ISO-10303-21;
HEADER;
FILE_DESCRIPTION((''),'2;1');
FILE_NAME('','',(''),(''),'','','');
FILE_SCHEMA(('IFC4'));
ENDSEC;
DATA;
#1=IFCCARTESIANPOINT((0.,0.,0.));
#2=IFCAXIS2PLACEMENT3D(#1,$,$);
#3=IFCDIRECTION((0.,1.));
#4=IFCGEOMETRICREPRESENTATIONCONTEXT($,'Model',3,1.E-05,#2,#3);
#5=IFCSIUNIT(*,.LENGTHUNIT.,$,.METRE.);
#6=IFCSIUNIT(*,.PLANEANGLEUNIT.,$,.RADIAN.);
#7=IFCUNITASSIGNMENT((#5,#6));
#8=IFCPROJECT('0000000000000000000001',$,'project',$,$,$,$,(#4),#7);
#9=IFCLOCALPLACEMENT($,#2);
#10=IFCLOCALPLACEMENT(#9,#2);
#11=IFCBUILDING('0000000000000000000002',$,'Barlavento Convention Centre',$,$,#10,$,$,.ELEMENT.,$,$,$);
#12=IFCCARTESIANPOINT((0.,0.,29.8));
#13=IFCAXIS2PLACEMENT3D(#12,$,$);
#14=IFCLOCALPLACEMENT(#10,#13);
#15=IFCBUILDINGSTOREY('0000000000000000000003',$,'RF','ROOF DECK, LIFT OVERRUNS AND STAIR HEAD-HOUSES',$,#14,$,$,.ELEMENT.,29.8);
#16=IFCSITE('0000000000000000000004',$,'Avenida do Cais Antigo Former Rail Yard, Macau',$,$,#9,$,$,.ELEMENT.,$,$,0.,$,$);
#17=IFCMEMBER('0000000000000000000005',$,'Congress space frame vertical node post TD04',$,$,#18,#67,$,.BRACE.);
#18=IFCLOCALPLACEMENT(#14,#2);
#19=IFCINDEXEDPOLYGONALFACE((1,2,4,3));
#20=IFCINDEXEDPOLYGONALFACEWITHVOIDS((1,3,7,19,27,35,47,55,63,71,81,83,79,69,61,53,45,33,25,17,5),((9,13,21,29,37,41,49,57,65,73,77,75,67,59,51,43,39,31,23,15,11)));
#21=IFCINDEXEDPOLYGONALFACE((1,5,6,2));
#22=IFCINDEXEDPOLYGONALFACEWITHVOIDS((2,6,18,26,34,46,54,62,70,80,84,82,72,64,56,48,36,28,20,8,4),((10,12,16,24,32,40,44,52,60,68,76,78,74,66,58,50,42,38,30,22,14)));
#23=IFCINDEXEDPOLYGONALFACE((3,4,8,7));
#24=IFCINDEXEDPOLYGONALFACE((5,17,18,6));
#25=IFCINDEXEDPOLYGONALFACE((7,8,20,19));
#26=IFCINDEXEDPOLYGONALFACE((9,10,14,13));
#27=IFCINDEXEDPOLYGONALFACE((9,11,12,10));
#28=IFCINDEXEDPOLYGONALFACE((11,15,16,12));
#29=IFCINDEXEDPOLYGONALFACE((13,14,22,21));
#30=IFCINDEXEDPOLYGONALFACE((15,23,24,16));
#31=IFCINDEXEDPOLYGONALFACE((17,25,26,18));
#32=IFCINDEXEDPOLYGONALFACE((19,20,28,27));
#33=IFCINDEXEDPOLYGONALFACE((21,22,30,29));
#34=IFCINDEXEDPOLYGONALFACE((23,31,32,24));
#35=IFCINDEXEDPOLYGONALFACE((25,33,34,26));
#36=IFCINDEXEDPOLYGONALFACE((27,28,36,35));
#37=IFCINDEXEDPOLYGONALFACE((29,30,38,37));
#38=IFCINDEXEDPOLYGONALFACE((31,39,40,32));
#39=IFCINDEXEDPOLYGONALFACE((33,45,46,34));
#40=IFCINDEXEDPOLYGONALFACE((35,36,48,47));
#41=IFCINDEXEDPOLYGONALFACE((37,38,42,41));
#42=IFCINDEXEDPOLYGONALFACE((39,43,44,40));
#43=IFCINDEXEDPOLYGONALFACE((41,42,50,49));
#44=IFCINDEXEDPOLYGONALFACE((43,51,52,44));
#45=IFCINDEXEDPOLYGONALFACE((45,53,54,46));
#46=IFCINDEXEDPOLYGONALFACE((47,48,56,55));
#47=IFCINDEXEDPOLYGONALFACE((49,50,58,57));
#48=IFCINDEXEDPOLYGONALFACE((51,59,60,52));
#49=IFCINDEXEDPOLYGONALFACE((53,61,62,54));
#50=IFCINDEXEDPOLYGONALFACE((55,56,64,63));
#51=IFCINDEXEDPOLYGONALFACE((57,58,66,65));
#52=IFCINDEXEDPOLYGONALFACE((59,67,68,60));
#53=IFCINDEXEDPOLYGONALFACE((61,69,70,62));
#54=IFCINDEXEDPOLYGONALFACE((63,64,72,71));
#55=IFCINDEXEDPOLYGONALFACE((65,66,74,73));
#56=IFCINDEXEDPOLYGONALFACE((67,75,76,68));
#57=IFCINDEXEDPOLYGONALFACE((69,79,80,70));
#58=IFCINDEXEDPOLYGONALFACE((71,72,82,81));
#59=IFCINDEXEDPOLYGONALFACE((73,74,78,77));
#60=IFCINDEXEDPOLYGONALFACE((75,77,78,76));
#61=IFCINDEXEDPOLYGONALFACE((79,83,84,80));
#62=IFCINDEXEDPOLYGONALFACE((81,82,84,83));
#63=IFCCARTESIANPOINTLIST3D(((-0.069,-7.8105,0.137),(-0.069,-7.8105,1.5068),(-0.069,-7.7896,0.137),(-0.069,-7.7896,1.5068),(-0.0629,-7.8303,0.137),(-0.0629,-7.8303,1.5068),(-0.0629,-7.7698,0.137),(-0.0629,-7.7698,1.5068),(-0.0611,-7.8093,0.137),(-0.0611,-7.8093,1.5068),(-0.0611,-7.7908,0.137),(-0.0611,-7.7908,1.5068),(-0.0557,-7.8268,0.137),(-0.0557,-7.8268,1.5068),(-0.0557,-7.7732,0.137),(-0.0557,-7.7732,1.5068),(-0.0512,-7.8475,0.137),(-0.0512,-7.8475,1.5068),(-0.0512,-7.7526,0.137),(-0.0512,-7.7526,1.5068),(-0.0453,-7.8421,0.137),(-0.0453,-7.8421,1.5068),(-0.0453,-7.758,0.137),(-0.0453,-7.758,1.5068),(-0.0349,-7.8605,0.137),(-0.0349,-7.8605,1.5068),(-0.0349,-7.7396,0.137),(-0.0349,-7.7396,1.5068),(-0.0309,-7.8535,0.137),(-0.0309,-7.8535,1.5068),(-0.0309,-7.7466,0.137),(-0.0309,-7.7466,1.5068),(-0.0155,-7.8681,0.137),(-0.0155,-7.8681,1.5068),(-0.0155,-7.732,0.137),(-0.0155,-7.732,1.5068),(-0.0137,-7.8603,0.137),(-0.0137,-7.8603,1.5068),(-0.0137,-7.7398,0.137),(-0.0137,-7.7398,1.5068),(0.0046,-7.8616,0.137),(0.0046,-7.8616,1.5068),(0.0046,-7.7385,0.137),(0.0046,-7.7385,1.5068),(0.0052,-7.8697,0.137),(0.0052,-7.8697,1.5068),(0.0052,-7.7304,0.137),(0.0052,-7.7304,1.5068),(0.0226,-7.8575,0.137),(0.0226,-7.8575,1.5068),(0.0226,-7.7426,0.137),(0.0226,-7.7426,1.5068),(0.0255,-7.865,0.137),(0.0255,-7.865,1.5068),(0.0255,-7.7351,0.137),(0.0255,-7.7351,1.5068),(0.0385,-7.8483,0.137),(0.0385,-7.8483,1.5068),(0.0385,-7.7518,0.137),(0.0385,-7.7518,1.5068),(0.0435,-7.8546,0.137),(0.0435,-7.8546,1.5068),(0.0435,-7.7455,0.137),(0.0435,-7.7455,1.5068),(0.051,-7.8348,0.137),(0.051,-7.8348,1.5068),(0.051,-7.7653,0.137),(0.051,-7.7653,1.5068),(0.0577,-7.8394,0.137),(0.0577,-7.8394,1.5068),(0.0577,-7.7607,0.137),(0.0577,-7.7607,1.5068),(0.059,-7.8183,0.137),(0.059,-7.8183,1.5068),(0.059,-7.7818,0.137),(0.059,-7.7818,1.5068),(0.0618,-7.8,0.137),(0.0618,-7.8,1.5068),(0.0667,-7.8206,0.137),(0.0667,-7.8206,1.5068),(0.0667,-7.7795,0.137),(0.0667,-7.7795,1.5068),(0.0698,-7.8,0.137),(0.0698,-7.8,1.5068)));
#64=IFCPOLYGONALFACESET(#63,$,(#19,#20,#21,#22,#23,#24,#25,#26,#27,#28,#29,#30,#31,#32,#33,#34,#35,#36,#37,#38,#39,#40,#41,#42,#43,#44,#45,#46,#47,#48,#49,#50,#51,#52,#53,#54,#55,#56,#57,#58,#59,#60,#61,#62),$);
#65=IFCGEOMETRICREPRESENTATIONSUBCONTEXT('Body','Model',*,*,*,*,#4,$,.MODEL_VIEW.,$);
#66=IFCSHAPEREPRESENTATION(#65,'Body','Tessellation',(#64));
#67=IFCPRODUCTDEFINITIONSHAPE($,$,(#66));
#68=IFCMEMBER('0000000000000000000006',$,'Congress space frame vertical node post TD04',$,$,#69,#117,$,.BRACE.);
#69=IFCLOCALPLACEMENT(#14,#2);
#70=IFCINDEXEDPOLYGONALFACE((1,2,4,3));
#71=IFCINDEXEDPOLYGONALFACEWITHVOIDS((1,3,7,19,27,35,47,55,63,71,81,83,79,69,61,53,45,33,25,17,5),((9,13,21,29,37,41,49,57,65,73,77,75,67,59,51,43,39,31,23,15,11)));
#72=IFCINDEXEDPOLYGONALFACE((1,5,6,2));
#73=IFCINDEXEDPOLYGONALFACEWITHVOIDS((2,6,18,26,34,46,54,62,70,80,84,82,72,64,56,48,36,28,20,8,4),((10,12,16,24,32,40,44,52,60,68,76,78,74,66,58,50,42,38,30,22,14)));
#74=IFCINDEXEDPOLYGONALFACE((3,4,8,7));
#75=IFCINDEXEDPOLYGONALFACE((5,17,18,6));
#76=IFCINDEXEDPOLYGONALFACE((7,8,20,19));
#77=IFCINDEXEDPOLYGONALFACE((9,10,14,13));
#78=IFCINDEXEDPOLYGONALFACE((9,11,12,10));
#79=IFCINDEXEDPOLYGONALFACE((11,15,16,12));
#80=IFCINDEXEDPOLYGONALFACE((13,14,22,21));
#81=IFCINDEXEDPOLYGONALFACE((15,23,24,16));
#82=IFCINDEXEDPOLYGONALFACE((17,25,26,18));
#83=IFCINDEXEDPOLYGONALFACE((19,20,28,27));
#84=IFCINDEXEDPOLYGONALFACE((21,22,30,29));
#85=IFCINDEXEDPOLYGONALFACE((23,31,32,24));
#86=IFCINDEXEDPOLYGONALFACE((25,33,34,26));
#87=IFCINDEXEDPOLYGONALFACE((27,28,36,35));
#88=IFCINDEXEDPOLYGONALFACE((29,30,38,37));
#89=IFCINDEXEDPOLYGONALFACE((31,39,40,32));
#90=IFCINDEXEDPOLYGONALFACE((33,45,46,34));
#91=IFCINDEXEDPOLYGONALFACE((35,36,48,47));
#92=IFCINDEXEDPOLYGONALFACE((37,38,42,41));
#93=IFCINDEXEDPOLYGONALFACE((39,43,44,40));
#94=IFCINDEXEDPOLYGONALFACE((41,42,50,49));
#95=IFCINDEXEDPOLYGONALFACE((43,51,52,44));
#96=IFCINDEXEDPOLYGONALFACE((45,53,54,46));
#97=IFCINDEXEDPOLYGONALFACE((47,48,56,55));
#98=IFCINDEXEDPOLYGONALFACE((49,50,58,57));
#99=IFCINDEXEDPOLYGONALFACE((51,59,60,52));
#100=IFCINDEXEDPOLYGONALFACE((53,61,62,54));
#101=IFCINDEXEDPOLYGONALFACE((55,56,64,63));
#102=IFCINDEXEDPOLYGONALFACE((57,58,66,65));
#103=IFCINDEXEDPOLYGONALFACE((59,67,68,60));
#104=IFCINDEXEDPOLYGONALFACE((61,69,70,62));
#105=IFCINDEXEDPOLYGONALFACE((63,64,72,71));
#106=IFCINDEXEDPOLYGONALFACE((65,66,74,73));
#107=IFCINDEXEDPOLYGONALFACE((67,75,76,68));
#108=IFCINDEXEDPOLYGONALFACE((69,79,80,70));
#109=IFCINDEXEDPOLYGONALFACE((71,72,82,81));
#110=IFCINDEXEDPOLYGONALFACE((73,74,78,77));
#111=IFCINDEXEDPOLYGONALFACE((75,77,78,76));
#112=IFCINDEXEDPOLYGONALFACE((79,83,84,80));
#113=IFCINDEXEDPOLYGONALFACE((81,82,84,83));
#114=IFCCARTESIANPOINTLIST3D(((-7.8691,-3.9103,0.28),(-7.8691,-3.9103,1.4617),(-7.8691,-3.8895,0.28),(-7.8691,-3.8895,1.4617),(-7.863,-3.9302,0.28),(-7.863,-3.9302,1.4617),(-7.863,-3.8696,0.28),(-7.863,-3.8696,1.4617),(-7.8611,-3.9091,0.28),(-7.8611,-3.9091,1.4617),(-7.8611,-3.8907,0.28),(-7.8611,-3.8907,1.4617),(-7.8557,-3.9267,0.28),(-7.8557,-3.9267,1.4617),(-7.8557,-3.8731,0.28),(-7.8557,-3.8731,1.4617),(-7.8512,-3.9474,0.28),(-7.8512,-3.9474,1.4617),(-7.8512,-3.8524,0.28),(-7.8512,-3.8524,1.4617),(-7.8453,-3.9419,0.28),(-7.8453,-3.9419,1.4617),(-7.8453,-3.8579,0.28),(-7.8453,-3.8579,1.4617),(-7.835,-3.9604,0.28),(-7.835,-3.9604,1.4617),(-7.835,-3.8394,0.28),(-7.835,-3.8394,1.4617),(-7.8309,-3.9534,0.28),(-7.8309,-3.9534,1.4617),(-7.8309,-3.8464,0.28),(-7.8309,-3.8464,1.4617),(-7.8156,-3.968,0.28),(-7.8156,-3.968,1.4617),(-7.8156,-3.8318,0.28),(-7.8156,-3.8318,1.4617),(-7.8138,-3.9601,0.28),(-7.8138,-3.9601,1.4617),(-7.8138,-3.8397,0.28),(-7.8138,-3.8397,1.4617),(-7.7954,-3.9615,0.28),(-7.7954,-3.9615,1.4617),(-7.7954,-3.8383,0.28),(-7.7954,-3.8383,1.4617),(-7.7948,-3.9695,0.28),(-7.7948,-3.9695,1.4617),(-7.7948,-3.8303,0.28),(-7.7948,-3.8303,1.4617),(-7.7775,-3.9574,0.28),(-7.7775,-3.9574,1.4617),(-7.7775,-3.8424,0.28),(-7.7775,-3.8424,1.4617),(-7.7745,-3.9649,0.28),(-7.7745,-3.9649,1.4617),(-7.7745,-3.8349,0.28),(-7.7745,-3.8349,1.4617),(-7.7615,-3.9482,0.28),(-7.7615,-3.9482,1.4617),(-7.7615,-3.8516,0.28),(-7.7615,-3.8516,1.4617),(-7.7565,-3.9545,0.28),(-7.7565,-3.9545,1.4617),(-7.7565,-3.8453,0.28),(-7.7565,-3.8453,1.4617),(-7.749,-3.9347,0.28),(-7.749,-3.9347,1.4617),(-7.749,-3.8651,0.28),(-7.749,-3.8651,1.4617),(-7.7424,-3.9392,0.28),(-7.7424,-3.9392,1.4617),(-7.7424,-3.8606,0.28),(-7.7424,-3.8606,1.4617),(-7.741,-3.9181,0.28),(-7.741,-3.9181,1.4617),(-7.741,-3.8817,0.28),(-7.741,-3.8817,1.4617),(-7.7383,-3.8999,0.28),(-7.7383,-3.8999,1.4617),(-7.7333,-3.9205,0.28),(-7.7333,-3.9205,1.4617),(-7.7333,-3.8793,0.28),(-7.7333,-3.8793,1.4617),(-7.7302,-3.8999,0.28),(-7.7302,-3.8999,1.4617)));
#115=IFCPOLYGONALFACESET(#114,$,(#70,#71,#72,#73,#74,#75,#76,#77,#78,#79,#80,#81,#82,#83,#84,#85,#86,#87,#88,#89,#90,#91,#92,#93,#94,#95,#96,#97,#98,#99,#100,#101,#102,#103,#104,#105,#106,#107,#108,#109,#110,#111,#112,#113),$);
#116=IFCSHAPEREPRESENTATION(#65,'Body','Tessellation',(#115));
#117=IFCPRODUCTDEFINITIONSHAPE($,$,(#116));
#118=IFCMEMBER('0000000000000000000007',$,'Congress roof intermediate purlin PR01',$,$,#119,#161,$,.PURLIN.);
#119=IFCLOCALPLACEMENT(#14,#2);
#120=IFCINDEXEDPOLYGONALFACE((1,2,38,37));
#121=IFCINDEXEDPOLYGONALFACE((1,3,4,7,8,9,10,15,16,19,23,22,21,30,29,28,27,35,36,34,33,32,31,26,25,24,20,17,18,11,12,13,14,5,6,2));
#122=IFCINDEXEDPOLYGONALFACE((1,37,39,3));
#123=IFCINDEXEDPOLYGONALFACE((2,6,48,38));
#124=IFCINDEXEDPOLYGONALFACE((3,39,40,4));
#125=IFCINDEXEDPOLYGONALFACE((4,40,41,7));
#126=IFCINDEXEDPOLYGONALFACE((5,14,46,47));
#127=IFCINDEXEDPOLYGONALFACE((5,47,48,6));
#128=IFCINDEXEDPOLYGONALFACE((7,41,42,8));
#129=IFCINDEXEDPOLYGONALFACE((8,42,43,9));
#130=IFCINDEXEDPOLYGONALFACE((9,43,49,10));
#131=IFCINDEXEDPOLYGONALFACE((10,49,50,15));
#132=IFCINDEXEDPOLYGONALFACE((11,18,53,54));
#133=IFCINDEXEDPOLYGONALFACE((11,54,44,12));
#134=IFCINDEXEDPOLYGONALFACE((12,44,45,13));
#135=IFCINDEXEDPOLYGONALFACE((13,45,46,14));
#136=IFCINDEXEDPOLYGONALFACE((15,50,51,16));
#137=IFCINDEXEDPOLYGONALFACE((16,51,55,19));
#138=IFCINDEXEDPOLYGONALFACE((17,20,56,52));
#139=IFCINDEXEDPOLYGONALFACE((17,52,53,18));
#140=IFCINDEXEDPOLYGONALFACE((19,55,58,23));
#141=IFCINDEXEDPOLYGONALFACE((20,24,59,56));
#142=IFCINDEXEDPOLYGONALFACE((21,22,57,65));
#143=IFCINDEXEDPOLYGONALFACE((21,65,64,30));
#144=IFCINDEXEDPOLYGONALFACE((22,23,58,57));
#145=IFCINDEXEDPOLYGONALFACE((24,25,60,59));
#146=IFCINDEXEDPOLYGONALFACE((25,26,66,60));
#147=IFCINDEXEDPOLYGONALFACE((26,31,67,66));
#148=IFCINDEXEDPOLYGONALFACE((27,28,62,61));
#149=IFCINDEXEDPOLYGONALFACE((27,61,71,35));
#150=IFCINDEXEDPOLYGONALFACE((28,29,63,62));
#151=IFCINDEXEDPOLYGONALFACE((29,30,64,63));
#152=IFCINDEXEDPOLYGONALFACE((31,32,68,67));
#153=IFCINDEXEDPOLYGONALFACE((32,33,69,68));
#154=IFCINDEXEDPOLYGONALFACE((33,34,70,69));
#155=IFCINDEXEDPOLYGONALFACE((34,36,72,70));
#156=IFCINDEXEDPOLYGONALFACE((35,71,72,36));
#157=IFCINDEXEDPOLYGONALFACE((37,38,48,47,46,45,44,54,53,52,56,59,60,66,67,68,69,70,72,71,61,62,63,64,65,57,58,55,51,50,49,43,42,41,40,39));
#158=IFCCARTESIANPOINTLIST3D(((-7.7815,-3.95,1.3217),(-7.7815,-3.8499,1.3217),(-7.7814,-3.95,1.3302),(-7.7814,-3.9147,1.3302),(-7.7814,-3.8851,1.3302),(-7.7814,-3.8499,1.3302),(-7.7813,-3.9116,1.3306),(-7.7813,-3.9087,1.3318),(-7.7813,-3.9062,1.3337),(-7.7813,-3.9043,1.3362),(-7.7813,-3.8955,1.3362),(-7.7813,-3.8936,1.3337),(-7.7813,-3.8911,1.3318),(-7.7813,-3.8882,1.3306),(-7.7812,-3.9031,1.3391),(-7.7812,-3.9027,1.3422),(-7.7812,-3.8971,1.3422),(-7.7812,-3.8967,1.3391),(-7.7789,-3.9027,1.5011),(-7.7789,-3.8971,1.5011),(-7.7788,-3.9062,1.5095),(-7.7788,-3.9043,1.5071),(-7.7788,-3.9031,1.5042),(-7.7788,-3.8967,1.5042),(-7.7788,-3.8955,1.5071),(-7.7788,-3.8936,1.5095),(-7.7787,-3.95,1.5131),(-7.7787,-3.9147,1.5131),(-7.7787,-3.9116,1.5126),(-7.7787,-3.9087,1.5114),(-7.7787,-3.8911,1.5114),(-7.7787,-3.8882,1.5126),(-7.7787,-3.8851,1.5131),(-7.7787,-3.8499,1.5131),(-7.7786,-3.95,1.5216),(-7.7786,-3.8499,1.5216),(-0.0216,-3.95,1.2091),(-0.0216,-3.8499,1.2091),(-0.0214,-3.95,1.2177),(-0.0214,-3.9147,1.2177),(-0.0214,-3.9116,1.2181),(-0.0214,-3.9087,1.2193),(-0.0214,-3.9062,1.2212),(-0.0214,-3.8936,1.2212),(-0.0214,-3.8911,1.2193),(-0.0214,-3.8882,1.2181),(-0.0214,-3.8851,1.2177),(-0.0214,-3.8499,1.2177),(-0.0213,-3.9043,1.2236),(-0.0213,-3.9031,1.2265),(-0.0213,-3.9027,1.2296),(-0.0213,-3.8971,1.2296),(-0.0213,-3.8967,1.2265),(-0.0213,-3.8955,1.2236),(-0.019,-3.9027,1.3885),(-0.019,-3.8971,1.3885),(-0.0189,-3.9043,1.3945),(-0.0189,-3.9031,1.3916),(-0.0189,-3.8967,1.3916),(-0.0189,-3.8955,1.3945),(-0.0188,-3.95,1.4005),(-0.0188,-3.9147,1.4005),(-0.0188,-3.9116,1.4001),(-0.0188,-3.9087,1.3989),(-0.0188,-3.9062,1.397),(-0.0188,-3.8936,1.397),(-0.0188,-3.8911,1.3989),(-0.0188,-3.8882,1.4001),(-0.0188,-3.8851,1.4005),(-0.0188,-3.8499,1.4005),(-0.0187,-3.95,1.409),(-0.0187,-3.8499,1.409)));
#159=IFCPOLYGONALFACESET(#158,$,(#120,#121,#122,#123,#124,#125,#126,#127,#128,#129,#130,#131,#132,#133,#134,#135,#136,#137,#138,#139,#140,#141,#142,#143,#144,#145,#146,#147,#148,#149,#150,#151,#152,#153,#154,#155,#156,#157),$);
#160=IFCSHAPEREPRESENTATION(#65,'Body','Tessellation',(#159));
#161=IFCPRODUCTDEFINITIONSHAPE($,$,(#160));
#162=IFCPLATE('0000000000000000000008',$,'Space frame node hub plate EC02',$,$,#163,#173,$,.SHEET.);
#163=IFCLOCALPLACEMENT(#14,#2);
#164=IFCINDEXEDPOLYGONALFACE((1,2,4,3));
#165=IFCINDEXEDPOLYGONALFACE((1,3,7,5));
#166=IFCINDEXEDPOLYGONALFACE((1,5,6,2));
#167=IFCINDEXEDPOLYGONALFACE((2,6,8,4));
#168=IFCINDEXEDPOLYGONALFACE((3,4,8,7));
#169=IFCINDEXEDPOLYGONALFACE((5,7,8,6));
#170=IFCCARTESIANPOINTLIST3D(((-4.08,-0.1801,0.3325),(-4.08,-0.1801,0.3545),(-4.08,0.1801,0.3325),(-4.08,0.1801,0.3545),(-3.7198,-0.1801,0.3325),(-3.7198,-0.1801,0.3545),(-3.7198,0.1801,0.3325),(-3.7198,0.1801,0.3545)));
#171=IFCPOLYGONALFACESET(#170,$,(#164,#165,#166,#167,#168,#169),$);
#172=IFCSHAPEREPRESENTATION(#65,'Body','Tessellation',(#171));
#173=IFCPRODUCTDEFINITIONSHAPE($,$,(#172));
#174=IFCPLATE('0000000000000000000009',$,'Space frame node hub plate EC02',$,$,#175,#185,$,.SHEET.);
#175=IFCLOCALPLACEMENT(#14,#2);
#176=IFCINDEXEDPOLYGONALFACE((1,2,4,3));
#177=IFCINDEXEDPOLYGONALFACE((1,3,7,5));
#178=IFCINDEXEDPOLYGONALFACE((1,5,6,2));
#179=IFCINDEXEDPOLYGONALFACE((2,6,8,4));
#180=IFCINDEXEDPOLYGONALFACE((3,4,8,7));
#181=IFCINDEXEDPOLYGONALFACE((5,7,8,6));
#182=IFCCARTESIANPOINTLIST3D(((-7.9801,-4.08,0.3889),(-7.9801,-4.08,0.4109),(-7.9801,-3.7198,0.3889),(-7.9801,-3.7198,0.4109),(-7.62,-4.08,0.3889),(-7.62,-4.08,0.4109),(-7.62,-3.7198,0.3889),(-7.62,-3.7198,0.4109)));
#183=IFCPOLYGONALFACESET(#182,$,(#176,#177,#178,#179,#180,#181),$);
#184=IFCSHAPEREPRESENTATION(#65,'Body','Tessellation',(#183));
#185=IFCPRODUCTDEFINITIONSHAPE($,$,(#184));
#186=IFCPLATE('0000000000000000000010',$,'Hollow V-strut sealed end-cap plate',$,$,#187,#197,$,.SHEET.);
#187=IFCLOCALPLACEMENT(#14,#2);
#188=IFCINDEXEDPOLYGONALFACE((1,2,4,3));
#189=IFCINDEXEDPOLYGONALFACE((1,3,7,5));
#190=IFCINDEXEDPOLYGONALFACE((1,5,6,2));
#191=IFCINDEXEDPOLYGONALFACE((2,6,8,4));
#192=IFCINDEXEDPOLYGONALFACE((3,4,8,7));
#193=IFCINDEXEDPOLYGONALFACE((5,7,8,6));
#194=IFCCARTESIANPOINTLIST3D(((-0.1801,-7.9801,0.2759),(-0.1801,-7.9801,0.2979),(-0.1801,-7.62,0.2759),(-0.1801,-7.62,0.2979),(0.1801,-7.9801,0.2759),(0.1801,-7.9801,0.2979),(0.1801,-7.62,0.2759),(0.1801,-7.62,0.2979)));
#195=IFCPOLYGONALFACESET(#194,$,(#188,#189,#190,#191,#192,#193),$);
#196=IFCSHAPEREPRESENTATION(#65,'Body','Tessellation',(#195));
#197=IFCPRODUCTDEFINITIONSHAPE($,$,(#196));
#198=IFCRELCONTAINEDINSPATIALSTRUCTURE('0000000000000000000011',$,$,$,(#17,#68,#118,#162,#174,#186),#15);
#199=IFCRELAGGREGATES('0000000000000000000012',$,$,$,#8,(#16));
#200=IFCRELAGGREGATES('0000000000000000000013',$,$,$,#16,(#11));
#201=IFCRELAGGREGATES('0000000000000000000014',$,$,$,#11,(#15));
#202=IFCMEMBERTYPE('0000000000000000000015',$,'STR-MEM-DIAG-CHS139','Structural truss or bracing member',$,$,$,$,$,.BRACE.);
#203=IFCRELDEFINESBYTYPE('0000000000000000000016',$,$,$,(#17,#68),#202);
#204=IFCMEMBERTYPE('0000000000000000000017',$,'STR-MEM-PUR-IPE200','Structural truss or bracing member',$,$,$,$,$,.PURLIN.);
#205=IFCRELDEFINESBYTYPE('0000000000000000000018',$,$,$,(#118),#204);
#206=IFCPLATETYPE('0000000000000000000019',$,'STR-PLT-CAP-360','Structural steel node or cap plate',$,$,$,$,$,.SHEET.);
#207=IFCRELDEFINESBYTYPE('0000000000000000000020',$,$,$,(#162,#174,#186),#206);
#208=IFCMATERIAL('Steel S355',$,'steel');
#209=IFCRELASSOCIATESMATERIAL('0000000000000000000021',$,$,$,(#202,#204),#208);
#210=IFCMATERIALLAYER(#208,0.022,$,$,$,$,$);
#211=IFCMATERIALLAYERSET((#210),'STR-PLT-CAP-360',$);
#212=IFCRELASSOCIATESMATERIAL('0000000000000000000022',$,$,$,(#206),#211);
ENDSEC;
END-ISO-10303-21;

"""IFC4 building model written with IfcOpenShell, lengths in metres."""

from ifc_helpers import new_model, si_unit, direction, frame, origin, origin_2d, place, context, subcontext, project, spatial, rectangle, hollow_circle, i_section, extrude, material, layer, layer_set, material_profile, profile_set, type_object, element, save


model = new_model("IFC4")

# Units and contexts
model_context = context("Model", 3, precision=1e-05, world=origin(), true_north=direction((0.0, 1.0)))
body_context = subcontext(model_context, "Body", "Model", "MODEL_VIEW")
ifc_project = project(units=[si_unit("LENGTHUNIT", "METRE"), si_unit("PLANEANGLEUNIT", "RADIAN")], contexts=[model_context])

# Site, building, storey
site_placement = place(None, origin())
site = spatial("IfcSite", under=ifc_project, at=site_placement, Name="Avenida do Cais Antigo Former Rail Yard, Macau", CompositionType="ELEMENT", RefElevation=0.0)
building_placement = place(site_placement, origin())
building = spatial("IfcBuilding", under=site, at=building_placement, Name="Barlavento Convention Centre", CompositionType="ELEMENT")
storey_placement = place(building_placement, frame((0.0, 0.0, 29.8)))
storey = spatial("IfcBuildingStorey", under=building, at=storey_placement, Name="RF", Description="ROOF DECK, LIFT OVERRUNS AND STAIR HEAD-HOUSES", CompositionType="ELEMENT", Elevation=29.8)

# Shared definitions
ifc_material_1 = material(Name="Steel S355", Category="steel")

# Members
ifc_material_profile_1 = material_profile(ifc_material_1, hollow_circle(Radius=0.0698, WallThickness=0.0081, at=origin_2d()), Name="CHS 139.7x8.0")
ifc_profile_set_1 = profile_set([ifc_material_profile_1], Name="Steel S355")
member_type_1 = type_object("IfcMemberType", Name="STR-MEM-DIAG-CHS139", Description="Structural truss or bracing member", PredefinedType="BRACE", material=ifc_profile_set_1)
for number, where, z_axis, x_axis, name in (
    (1, (0.0, -7.8, 0.137), (0.0, 0.0, 1.0), (1.0, 0.0, 0.0), "Congress space frame vertical node post TD04"),
):
    element("IfcMember", number, at=place(storey_placement, frame(where, z_axis=z_axis, x_axis=x_axis)), inside=storey, type_object=member_type_1, Name=name, PredefinedType="BRACE", context=body_context, shape_type="SweptSolid", body=[
        extrude(hollow_circle(Radius=0.0698, WallThickness=0.0081, at=origin_2d()), origin(), (0.0, 0.0, 1.0), 1.3699),
    ])
member_1_placement = place(storey_placement, frame((-7.8, -3.8999, 0.28), z_axis=(0.0, 0.0, 1.0), x_axis=(1.0, 0.0, 0.0)))
element("IfcMember", 2, at=member_1_placement, inside=storey, type_object=member_type_1, Name="Congress space frame vertical node post TD04", PredefinedType="BRACE", context=body_context, shape_type="SweptSolid", body=[
    extrude(hollow_circle(Radius=0.0698, WallThickness=0.0081, at=origin_2d()), origin(), (0.0, 0.0, 1.0), 1.1816),
])
ifc_material_profile_2 = material_profile(ifc_material_1, i_section(OverallWidth=0.1001, OverallDepth=0.2, WebThickness=0.0056, FlangeThickness=0.0085, FilletRadius=0.012, at=origin_2d()), Name="IPE 200")
ifc_profile_set_2 = profile_set([ifc_material_profile_2], Name="Steel S355")
member_type_2 = type_object("IfcMemberType", Name="STR-MEM-PUR-IPE200", Description="Structural truss or bracing member", PredefinedType="PURLIN", material=ifc_profile_set_2)
member_2_placement = place(storey_placement, frame((-7.78, -3.8999, 1.4216), z_axis=(0.999895, 0.0, -0.014502), x_axis=(0.0, 1.0, 0.0)))
element("IfcMember", 3, at=member_2_placement, inside=storey, type_object=member_type_2, Name="Congress roof intermediate purlin PR01", PredefinedType="PURLIN", context=body_context, shape_type="SweptSolid", body=[
    extrude(i_section(OverallWidth=0.1001, OverallDepth=0.2, WebThickness=0.0056, FlangeThickness=0.0085, FilletRadius=0.012, at=origin_2d()), origin(), (0.0, 0.0, 1.0), 7.7607),
])

# Plates
ifc_layer_1 = layer(ifc_material_1, 0.022)
ifc_layer_set_1 = layer_set([ifc_layer_1], Name="STR-PLT-CAP-360")
plate_type_1 = type_object("IfcPlateType", Name="STR-PLT-CAP-360", Description="Structural steel node or cap plate", PredefinedType="SHEET", material=ifc_layer_set_1)
for number, where, z_axis, x_axis, name in (
    (4, (-3.8999, 0.0, 0.3325), (0.0, 0.0, 1.0), (1.0, 0.0, 0.0), "Space frame node hub plate EC02"),
    (5, (-7.8, -3.8999, 0.3889), (0.0, 0.0, 1.0), (1.0, 0.0, 0.0), "Space frame node hub plate EC02"),
    (6, (0.0, -7.8, 0.2759), (0.0, 0.0, 1.0), (1.0, 0.0, 0.0), "Hollow V-strut sealed end-cap plate"),
):
    element("IfcPlate", number, at=place(storey_placement, frame(where, z_axis=z_axis, x_axis=x_axis)), inside=storey, type_object=plate_type_1, Name=name, PredefinedType="SHEET", context=body_context, shape_type="SweptSolid", body=[
        extrude(rectangle(XDim=0.3601, YDim=0.3601, at=origin_2d()), origin(), (0.0, 0.0, 1.0), 0.022),
    ])

save(model, "model.ifc")
